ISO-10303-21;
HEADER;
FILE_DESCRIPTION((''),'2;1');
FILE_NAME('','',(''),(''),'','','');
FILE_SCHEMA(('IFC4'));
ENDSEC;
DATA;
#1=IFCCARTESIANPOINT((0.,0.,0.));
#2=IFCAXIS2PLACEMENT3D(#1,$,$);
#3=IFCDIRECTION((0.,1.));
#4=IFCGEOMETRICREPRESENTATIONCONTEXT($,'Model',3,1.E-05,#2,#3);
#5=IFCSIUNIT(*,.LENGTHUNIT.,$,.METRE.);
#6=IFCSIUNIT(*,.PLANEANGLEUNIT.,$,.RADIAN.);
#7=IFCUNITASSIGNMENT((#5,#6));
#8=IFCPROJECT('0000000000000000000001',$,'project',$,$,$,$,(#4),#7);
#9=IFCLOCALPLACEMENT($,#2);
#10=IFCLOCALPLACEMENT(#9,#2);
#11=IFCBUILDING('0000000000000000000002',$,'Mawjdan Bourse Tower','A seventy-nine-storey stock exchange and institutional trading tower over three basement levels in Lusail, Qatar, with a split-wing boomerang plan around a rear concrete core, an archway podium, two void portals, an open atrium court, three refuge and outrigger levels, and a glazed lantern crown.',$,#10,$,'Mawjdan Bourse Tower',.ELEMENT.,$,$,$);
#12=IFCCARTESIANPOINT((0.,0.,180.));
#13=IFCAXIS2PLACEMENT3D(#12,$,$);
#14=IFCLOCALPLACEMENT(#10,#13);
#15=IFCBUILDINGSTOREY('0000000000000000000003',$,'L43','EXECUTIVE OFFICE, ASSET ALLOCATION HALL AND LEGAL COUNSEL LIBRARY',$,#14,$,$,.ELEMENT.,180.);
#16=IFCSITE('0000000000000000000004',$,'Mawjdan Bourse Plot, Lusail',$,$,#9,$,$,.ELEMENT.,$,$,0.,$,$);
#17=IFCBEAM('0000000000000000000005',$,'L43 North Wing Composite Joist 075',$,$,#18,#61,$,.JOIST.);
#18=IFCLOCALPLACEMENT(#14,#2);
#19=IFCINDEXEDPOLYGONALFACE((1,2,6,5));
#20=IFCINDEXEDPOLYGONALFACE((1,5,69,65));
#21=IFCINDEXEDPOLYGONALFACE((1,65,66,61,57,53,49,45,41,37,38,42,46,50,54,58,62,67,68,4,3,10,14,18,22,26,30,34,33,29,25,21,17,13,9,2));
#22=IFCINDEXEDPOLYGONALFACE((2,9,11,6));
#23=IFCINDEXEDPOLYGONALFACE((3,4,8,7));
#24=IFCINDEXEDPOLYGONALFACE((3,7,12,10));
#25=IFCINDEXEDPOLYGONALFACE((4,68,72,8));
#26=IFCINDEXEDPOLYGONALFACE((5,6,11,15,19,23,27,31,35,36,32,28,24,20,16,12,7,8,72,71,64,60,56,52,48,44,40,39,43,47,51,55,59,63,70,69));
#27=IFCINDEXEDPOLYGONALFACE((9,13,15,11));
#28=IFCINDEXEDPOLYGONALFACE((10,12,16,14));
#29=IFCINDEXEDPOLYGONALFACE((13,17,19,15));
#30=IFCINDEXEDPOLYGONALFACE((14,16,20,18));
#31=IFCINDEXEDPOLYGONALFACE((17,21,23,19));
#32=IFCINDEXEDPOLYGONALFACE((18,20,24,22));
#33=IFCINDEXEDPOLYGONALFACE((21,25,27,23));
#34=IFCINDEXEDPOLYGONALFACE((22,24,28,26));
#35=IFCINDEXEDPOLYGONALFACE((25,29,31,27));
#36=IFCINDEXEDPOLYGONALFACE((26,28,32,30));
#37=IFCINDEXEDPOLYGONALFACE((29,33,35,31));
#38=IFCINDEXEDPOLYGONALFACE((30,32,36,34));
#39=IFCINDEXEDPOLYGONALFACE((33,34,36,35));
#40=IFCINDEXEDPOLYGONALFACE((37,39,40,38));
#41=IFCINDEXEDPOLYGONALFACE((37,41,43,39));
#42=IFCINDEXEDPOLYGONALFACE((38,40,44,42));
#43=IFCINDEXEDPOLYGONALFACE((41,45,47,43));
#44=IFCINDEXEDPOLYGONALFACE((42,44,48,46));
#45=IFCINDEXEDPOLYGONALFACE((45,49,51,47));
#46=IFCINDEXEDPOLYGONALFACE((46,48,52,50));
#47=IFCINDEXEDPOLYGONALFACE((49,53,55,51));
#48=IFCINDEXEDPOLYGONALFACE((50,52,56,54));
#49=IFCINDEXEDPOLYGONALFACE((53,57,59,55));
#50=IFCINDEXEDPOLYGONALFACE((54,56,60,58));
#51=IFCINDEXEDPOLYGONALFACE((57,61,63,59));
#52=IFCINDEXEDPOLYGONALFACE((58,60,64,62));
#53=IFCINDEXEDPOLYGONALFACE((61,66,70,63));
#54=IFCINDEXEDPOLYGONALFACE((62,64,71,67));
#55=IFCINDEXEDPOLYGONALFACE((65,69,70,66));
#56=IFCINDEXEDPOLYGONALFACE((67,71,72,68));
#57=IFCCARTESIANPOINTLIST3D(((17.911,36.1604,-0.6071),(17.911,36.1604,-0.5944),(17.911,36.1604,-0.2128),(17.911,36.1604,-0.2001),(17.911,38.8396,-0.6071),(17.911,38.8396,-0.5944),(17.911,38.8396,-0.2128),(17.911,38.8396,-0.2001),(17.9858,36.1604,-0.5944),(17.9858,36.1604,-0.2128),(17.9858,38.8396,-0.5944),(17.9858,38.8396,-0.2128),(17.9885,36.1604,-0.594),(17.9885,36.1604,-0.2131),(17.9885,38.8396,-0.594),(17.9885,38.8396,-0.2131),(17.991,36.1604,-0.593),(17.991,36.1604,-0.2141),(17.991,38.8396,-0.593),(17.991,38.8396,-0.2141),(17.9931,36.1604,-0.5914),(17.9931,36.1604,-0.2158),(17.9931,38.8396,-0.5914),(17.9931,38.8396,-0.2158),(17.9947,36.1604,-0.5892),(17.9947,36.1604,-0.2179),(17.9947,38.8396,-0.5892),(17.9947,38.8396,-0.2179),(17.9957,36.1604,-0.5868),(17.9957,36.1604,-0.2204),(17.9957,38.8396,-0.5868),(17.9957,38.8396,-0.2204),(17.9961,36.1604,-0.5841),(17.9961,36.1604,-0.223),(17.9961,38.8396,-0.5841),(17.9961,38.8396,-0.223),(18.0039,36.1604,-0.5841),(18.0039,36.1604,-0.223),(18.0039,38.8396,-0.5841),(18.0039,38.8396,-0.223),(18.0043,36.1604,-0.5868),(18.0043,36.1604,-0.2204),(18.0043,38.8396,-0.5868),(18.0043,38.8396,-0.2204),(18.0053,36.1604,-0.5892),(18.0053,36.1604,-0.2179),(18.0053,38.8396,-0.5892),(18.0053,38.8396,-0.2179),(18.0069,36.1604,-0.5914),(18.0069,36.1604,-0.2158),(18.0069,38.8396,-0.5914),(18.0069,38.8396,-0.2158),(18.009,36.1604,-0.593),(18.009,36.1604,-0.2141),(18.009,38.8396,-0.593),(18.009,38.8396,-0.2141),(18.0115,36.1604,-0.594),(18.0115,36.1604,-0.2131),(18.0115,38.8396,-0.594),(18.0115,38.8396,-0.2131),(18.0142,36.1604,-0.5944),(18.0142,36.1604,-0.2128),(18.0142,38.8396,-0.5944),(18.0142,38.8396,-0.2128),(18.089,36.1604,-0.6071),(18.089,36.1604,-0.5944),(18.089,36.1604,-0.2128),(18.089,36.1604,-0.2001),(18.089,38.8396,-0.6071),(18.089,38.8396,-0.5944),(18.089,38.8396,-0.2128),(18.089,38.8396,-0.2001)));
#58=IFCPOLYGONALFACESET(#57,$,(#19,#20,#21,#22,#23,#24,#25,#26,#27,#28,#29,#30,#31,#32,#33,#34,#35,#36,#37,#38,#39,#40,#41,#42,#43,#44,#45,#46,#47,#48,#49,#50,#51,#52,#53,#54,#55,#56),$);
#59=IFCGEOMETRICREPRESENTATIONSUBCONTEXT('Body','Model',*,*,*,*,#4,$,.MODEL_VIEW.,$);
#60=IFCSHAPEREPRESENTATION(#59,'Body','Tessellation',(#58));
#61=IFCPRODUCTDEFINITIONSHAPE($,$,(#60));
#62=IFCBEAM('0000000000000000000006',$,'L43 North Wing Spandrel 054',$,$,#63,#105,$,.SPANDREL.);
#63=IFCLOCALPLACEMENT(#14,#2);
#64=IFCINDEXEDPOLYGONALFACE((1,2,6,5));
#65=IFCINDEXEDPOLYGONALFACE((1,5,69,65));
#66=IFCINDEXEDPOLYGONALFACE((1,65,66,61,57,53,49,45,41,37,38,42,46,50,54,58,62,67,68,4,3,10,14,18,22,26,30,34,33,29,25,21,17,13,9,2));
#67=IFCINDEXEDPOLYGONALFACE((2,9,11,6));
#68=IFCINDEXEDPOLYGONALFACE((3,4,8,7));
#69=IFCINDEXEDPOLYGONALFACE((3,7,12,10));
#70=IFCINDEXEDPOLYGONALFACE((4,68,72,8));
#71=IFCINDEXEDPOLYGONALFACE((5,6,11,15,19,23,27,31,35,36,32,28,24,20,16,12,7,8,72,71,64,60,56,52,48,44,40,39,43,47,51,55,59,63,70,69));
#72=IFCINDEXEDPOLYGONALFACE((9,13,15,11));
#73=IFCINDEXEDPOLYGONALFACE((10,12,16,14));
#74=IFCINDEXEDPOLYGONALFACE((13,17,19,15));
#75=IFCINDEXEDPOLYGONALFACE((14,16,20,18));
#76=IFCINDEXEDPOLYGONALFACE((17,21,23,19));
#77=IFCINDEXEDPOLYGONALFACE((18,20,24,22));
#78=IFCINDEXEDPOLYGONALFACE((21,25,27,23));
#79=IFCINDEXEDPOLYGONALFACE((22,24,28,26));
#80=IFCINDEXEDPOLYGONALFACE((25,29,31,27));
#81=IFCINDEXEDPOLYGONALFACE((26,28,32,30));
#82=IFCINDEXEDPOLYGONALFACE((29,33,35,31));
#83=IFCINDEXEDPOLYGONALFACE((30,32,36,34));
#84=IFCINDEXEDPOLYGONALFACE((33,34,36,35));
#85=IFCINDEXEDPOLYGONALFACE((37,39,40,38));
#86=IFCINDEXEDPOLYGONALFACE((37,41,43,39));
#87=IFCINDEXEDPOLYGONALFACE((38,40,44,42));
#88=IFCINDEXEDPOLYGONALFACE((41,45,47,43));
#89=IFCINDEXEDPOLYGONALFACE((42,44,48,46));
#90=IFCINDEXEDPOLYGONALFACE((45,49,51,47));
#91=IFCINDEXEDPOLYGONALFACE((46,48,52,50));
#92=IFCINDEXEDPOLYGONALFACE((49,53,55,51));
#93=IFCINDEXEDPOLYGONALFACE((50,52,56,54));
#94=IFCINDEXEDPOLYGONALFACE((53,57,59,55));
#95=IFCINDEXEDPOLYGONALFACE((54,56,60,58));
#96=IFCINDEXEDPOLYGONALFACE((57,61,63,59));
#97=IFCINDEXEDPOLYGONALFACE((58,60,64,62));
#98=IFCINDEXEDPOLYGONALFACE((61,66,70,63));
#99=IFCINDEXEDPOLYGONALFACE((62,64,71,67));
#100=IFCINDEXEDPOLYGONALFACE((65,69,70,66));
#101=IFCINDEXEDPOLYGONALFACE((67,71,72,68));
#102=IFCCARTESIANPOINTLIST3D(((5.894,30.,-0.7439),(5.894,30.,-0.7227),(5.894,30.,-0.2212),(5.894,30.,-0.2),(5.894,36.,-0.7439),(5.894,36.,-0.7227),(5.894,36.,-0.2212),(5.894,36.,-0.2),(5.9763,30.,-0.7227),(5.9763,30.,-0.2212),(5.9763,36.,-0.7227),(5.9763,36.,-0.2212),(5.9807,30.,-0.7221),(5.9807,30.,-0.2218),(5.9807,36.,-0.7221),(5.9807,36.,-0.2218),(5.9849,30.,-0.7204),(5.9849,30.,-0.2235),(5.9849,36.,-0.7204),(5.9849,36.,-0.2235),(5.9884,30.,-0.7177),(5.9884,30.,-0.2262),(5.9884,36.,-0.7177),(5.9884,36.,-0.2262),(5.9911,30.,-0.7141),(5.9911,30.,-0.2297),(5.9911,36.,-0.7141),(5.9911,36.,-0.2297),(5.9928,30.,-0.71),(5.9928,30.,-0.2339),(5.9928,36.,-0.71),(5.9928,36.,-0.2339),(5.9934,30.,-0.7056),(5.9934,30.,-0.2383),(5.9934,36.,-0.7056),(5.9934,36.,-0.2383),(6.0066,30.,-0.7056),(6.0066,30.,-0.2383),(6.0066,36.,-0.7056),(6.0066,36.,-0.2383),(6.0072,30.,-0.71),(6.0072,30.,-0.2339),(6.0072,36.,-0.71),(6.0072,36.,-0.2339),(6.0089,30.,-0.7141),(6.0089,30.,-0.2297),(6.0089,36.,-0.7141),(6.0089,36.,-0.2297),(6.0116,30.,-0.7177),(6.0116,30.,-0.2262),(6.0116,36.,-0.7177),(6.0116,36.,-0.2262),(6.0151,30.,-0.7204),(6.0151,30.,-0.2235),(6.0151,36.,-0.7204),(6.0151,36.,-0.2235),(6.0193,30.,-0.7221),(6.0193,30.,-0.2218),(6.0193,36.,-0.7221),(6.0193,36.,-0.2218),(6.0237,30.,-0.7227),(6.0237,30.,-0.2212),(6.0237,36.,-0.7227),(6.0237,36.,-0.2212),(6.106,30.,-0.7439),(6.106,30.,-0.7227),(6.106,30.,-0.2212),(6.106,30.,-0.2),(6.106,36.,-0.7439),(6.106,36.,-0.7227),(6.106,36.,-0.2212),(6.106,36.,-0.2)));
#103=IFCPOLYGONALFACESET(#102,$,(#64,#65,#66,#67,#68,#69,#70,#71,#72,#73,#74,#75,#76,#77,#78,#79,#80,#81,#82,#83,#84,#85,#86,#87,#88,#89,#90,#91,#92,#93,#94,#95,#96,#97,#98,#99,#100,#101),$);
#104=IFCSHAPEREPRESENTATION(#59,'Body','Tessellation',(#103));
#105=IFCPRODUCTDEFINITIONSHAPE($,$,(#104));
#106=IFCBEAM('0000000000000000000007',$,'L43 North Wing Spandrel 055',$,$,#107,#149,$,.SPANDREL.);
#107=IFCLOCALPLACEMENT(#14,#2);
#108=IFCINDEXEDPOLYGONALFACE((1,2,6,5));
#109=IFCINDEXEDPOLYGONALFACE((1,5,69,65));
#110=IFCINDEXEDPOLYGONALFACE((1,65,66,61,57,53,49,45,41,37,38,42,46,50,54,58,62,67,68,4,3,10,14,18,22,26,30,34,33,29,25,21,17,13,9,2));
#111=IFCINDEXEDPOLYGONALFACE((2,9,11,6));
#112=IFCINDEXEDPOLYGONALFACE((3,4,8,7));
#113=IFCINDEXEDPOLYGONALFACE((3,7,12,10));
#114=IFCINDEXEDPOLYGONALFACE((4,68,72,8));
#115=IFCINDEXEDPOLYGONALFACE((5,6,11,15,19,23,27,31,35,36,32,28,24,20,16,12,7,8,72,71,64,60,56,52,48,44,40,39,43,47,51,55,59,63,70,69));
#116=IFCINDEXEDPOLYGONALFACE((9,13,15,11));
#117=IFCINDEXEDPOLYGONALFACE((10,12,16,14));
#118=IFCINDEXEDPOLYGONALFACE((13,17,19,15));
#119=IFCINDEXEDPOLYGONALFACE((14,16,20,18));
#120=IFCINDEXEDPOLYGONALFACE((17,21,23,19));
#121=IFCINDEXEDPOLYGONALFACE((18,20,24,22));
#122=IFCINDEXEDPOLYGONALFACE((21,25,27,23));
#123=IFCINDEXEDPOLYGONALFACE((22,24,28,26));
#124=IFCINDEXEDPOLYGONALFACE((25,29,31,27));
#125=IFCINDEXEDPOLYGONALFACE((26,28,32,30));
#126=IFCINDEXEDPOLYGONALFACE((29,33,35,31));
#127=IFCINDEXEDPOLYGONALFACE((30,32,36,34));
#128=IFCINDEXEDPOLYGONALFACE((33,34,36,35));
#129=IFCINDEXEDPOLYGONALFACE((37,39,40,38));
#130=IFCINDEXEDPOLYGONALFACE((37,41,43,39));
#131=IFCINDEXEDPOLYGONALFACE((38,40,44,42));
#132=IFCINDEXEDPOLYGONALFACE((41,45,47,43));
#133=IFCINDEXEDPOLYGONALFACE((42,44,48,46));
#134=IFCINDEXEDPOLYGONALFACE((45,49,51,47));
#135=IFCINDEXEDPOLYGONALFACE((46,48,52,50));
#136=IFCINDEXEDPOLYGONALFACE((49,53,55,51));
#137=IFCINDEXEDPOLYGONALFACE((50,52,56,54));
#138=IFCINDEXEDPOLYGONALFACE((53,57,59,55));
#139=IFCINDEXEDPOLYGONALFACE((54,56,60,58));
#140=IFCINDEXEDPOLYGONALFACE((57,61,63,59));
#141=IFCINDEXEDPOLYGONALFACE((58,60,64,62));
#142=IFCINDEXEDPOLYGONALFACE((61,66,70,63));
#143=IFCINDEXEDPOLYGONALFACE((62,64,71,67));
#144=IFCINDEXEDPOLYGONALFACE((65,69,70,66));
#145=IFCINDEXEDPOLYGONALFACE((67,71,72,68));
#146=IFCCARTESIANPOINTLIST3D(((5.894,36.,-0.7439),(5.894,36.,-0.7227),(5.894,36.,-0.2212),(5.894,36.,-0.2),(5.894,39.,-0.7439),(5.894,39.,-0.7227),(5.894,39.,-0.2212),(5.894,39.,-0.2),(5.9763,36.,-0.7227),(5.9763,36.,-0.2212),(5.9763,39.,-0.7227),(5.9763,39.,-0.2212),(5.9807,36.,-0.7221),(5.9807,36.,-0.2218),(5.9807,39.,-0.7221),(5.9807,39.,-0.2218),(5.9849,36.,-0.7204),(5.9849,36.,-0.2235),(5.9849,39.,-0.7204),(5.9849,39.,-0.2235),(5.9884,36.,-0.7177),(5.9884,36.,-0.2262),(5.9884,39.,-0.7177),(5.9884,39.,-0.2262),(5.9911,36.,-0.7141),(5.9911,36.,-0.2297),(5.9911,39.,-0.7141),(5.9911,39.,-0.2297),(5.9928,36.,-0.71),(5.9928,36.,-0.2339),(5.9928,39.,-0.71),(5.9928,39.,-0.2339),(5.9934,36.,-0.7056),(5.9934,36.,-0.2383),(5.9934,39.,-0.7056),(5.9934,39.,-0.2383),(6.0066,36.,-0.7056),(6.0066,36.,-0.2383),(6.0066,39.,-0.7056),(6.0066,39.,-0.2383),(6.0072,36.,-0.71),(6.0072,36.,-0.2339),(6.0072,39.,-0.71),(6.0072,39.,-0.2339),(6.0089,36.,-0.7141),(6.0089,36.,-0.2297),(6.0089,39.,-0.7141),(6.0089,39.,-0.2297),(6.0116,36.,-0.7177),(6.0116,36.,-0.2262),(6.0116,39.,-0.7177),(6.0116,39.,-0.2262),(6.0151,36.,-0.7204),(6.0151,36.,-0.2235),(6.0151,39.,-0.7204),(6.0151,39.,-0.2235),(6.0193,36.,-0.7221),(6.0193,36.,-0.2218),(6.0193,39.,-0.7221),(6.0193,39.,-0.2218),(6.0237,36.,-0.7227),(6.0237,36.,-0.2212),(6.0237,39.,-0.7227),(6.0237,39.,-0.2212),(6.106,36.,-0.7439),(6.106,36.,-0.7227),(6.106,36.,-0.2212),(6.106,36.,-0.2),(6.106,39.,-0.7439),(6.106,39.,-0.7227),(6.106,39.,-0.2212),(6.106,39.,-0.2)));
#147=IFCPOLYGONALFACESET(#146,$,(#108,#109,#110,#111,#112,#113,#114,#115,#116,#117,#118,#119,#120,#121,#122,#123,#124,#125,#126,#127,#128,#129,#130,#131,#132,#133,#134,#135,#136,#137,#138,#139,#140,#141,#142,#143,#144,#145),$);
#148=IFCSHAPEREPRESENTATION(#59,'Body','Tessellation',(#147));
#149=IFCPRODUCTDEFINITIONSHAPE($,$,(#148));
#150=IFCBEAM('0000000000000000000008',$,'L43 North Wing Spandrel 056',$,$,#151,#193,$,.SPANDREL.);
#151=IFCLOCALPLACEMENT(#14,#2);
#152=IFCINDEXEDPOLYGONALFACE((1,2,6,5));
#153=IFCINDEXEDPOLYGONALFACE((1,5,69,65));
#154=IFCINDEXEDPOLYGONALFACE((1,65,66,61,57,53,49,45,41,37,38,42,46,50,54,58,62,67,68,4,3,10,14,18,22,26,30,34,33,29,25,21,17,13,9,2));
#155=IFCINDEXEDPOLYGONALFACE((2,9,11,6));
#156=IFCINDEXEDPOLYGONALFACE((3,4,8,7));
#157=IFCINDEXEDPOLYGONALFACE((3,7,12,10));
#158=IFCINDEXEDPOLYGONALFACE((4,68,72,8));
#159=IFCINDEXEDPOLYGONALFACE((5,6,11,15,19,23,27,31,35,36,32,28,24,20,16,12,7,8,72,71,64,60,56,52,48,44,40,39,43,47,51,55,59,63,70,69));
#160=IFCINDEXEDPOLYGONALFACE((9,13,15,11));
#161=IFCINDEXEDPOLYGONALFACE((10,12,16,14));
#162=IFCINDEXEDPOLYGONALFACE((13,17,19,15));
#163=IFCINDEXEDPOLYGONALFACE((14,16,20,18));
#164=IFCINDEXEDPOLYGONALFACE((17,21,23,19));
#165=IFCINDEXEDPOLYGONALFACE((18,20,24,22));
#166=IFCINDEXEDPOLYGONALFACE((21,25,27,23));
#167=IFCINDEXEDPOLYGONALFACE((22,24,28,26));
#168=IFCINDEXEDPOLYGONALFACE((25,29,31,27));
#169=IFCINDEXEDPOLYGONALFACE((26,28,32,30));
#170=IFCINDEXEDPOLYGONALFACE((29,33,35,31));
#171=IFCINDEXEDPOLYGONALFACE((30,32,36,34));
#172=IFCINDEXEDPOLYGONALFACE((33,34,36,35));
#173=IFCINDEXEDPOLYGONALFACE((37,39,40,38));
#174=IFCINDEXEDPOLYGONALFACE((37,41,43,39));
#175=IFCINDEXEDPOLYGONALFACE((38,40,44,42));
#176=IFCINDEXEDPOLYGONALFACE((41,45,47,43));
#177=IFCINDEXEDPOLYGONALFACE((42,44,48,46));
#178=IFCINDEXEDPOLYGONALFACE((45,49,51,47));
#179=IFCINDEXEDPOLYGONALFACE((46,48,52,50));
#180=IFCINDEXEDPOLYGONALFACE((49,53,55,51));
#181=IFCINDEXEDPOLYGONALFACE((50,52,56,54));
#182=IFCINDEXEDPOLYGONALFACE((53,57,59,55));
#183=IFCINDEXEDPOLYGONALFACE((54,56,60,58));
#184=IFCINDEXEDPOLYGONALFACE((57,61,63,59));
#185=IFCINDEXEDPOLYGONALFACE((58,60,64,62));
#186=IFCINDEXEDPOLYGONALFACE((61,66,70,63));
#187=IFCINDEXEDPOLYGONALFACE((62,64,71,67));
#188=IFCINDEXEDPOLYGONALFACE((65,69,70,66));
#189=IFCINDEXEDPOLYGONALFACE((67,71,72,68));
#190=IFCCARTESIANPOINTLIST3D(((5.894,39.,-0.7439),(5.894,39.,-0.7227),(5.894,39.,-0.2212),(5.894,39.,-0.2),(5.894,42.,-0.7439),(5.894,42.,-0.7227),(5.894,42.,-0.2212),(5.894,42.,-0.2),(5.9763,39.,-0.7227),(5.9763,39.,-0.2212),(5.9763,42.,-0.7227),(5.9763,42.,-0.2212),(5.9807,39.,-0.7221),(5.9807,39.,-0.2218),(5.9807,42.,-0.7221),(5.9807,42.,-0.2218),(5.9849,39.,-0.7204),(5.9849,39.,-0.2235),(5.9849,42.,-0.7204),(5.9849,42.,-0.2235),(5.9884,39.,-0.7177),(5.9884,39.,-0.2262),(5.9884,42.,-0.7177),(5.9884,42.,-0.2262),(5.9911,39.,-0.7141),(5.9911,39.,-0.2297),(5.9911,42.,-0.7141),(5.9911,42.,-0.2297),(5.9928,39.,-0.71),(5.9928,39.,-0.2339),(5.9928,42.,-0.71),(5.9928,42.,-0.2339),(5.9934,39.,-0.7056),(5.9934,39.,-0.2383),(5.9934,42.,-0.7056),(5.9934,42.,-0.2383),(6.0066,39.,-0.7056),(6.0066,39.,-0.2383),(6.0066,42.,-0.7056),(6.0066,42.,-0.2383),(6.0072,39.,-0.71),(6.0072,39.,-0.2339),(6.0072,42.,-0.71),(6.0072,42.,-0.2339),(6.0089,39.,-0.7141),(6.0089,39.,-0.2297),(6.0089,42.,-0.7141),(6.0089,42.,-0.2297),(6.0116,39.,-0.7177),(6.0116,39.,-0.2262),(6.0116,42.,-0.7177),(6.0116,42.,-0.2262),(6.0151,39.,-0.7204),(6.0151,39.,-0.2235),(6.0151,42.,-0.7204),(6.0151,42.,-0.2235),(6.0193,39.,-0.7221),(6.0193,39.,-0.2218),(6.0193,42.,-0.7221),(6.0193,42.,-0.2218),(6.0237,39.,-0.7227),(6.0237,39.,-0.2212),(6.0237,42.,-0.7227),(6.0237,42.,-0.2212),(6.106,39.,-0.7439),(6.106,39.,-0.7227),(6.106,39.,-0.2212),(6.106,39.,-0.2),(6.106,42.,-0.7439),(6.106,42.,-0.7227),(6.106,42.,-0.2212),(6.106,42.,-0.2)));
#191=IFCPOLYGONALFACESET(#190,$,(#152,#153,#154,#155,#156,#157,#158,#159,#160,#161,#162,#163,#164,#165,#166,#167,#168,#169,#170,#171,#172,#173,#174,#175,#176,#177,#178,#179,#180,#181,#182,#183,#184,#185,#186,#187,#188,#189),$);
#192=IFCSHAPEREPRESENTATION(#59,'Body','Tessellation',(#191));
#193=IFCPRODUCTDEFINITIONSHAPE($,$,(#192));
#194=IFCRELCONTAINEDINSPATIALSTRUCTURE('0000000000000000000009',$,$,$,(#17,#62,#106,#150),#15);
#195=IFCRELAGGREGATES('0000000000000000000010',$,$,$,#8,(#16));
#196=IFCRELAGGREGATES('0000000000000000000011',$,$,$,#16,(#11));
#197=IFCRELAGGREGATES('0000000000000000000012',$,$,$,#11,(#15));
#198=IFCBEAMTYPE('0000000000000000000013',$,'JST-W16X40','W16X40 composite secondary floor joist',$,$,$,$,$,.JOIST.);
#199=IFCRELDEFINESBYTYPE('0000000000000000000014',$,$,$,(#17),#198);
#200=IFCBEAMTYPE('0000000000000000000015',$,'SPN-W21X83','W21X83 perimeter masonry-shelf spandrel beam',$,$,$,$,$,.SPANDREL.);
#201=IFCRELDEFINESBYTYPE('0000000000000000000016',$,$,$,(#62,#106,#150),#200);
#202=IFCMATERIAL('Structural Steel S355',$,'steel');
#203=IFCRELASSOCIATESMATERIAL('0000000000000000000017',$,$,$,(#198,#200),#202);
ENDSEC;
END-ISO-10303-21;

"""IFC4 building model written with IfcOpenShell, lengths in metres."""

from ifc_helpers import new_model, si_unit, direction, frame, origin, origin_2d, place, context, subcontext, project, spatial, i_section, extrude, material, material_profile, profile_set, type_object, element, save


model = new_model("IFC4")

# Units and contexts
model_context = context("Model", 3, precision=1e-05, world=origin(), true_north=direction((0.0, 1.0)))
body_context = subcontext(model_context, "Body", "Model", "MODEL_VIEW")
ifc_project = project(units=[si_unit("LENGTHUNIT", "METRE"), si_unit("PLANEANGLEUNIT", "RADIAN")], contexts=[model_context])

# Site, building, storey
site_placement = place(None, origin())
site = spatial("IfcSite", under=ifc_project, at=site_placement, Name="Mawjdan Bourse Plot, Lusail", CompositionType="ELEMENT", RefElevation=0.0)
building_placement = place(site_placement, origin())
building = spatial("IfcBuilding", under=site, at=building_placement, Name="Mawjdan Bourse Tower", Description="A seventy-nine-storey stock exchange and institutional trading tower over three basement levels in Lusail, Qatar, with a split-wing boomerang plan around a rear concrete core, an archway podium, two void portals, an open atrium court, three refuge and outrigger levels, and a glazed lantern crown.", LongName="Mawjdan Bourse Tower", CompositionType="ELEMENT")
storey_placement = place(building_placement, frame((0.0, 0.0, 180.0)))
storey = spatial("IfcBuildingStorey", under=building, at=storey_placement, Name="L43", Description="EXECUTIVE OFFICE, ASSET ALLOCATION HALL AND LEGAL COUNSEL LIBRARY", CompositionType="ELEMENT", Elevation=180.0)

# Beams
ifc_material_1 = material(Name="Structural Steel S355", Category="steel")
ifc_material_profile_1 = material_profile(ifc_material_1, i_section(OverallWidth=0.178, OverallDepth=0.407, WebThickness=0.0078, FlangeThickness=0.0127, FilletRadius=0.0103, at=origin_2d()), Name="W16X40")
ifc_profile_set_1 = profile_set([ifc_material_profile_1], Name="Structural Steel S355")
beam_type_1 = type_object("IfcBeamType", Name="JST-W16X40", Description="W16X40 composite secondary floor joist", PredefinedType="JOIST", material=ifc_profile_set_1)
beam_1_placement = place(storey_placement, frame((18.0, 36.1604, -0.4036), z_axis=(0.0, 1.0, 0.0), x_axis=(-1.0, 0.0, 0.0)))
element("IfcBeam", 1, at=beam_1_placement, inside=storey, type_object=beam_type_1, Name="L43 North Wing Composite Joist 075", PredefinedType="JOIST", context=body_context, shape_type="SweptSolid", body=[
    extrude(i_section(OverallWidth=0.178, OverallDepth=0.407, WebThickness=0.0078, FlangeThickness=0.0127, FilletRadius=0.0103, at=origin_2d()), origin(), (0.0, 0.0, 1.0), 2.6792),
])
ifc_material_profile_2 = material_profile(ifc_material_1, i_section(OverallWidth=0.2119, OverallDepth=0.5439, WebThickness=0.0132, FlangeThickness=0.0212, FilletRadius=0.0171, at=origin_2d()), Name="W21X83")
ifc_profile_set_2 = profile_set([ifc_material_profile_2], Name="Structural Steel S355")
beam_type_2 = type_object("IfcBeamType", Name="SPN-W21X83", Description="W21X83 perimeter masonry-shelf spandrel beam", PredefinedType="SPANDREL", material=ifc_profile_set_2)
beam_2_placement = place(storey_placement, frame((6.0, 30.0, -0.4719), z_axis=(0.0, 1.0, 0.0), x_axis=(-1.0, 0.0, 0.0)))
element("IfcBeam", 2, at=beam_2_placement, inside=storey, type_object=beam_type_2, Name="L43 North Wing Spandrel 054", PredefinedType="SPANDREL", context=body_context, shape_type="SweptSolid", body=[
    extrude(i_section(OverallWidth=0.2119, OverallDepth=0.5439, WebThickness=0.0132, FlangeThickness=0.0212, FilletRadius=0.0171, at=origin_2d()), origin(), (0.0, 0.0, 1.0), 6.0),
])
for number, where, z_axis, x_axis, name in (
    (3, (6.0, 36.0, -0.4719), (0.0, 1.0, 0.0), (-1.0, 0.0, 0.0), "L43 North Wing Spandrel 055"),
    (4, (6.0, 39.0, -0.4719), (0.0, 1.0, 0.0), (-1.0, 0.0, 0.0), "L43 North Wing Spandrel 056"),
):
    element("IfcBeam", number, at=place(storey_placement, frame(where, z_axis=z_axis, x_axis=x_axis)), inside=storey, type_object=beam_type_2, Name=name, PredefinedType="SPANDREL", context=body_context, shape_type="SweptSolid", body=[
        extrude(i_section(OverallWidth=0.2119, OverallDepth=0.5439, WebThickness=0.0132, FlangeThickness=0.0212, FilletRadius=0.0171, at=origin_2d()), origin(), (0.0, 0.0, 1.0), 3.0),
    ])

save(model, "model.ifc")
